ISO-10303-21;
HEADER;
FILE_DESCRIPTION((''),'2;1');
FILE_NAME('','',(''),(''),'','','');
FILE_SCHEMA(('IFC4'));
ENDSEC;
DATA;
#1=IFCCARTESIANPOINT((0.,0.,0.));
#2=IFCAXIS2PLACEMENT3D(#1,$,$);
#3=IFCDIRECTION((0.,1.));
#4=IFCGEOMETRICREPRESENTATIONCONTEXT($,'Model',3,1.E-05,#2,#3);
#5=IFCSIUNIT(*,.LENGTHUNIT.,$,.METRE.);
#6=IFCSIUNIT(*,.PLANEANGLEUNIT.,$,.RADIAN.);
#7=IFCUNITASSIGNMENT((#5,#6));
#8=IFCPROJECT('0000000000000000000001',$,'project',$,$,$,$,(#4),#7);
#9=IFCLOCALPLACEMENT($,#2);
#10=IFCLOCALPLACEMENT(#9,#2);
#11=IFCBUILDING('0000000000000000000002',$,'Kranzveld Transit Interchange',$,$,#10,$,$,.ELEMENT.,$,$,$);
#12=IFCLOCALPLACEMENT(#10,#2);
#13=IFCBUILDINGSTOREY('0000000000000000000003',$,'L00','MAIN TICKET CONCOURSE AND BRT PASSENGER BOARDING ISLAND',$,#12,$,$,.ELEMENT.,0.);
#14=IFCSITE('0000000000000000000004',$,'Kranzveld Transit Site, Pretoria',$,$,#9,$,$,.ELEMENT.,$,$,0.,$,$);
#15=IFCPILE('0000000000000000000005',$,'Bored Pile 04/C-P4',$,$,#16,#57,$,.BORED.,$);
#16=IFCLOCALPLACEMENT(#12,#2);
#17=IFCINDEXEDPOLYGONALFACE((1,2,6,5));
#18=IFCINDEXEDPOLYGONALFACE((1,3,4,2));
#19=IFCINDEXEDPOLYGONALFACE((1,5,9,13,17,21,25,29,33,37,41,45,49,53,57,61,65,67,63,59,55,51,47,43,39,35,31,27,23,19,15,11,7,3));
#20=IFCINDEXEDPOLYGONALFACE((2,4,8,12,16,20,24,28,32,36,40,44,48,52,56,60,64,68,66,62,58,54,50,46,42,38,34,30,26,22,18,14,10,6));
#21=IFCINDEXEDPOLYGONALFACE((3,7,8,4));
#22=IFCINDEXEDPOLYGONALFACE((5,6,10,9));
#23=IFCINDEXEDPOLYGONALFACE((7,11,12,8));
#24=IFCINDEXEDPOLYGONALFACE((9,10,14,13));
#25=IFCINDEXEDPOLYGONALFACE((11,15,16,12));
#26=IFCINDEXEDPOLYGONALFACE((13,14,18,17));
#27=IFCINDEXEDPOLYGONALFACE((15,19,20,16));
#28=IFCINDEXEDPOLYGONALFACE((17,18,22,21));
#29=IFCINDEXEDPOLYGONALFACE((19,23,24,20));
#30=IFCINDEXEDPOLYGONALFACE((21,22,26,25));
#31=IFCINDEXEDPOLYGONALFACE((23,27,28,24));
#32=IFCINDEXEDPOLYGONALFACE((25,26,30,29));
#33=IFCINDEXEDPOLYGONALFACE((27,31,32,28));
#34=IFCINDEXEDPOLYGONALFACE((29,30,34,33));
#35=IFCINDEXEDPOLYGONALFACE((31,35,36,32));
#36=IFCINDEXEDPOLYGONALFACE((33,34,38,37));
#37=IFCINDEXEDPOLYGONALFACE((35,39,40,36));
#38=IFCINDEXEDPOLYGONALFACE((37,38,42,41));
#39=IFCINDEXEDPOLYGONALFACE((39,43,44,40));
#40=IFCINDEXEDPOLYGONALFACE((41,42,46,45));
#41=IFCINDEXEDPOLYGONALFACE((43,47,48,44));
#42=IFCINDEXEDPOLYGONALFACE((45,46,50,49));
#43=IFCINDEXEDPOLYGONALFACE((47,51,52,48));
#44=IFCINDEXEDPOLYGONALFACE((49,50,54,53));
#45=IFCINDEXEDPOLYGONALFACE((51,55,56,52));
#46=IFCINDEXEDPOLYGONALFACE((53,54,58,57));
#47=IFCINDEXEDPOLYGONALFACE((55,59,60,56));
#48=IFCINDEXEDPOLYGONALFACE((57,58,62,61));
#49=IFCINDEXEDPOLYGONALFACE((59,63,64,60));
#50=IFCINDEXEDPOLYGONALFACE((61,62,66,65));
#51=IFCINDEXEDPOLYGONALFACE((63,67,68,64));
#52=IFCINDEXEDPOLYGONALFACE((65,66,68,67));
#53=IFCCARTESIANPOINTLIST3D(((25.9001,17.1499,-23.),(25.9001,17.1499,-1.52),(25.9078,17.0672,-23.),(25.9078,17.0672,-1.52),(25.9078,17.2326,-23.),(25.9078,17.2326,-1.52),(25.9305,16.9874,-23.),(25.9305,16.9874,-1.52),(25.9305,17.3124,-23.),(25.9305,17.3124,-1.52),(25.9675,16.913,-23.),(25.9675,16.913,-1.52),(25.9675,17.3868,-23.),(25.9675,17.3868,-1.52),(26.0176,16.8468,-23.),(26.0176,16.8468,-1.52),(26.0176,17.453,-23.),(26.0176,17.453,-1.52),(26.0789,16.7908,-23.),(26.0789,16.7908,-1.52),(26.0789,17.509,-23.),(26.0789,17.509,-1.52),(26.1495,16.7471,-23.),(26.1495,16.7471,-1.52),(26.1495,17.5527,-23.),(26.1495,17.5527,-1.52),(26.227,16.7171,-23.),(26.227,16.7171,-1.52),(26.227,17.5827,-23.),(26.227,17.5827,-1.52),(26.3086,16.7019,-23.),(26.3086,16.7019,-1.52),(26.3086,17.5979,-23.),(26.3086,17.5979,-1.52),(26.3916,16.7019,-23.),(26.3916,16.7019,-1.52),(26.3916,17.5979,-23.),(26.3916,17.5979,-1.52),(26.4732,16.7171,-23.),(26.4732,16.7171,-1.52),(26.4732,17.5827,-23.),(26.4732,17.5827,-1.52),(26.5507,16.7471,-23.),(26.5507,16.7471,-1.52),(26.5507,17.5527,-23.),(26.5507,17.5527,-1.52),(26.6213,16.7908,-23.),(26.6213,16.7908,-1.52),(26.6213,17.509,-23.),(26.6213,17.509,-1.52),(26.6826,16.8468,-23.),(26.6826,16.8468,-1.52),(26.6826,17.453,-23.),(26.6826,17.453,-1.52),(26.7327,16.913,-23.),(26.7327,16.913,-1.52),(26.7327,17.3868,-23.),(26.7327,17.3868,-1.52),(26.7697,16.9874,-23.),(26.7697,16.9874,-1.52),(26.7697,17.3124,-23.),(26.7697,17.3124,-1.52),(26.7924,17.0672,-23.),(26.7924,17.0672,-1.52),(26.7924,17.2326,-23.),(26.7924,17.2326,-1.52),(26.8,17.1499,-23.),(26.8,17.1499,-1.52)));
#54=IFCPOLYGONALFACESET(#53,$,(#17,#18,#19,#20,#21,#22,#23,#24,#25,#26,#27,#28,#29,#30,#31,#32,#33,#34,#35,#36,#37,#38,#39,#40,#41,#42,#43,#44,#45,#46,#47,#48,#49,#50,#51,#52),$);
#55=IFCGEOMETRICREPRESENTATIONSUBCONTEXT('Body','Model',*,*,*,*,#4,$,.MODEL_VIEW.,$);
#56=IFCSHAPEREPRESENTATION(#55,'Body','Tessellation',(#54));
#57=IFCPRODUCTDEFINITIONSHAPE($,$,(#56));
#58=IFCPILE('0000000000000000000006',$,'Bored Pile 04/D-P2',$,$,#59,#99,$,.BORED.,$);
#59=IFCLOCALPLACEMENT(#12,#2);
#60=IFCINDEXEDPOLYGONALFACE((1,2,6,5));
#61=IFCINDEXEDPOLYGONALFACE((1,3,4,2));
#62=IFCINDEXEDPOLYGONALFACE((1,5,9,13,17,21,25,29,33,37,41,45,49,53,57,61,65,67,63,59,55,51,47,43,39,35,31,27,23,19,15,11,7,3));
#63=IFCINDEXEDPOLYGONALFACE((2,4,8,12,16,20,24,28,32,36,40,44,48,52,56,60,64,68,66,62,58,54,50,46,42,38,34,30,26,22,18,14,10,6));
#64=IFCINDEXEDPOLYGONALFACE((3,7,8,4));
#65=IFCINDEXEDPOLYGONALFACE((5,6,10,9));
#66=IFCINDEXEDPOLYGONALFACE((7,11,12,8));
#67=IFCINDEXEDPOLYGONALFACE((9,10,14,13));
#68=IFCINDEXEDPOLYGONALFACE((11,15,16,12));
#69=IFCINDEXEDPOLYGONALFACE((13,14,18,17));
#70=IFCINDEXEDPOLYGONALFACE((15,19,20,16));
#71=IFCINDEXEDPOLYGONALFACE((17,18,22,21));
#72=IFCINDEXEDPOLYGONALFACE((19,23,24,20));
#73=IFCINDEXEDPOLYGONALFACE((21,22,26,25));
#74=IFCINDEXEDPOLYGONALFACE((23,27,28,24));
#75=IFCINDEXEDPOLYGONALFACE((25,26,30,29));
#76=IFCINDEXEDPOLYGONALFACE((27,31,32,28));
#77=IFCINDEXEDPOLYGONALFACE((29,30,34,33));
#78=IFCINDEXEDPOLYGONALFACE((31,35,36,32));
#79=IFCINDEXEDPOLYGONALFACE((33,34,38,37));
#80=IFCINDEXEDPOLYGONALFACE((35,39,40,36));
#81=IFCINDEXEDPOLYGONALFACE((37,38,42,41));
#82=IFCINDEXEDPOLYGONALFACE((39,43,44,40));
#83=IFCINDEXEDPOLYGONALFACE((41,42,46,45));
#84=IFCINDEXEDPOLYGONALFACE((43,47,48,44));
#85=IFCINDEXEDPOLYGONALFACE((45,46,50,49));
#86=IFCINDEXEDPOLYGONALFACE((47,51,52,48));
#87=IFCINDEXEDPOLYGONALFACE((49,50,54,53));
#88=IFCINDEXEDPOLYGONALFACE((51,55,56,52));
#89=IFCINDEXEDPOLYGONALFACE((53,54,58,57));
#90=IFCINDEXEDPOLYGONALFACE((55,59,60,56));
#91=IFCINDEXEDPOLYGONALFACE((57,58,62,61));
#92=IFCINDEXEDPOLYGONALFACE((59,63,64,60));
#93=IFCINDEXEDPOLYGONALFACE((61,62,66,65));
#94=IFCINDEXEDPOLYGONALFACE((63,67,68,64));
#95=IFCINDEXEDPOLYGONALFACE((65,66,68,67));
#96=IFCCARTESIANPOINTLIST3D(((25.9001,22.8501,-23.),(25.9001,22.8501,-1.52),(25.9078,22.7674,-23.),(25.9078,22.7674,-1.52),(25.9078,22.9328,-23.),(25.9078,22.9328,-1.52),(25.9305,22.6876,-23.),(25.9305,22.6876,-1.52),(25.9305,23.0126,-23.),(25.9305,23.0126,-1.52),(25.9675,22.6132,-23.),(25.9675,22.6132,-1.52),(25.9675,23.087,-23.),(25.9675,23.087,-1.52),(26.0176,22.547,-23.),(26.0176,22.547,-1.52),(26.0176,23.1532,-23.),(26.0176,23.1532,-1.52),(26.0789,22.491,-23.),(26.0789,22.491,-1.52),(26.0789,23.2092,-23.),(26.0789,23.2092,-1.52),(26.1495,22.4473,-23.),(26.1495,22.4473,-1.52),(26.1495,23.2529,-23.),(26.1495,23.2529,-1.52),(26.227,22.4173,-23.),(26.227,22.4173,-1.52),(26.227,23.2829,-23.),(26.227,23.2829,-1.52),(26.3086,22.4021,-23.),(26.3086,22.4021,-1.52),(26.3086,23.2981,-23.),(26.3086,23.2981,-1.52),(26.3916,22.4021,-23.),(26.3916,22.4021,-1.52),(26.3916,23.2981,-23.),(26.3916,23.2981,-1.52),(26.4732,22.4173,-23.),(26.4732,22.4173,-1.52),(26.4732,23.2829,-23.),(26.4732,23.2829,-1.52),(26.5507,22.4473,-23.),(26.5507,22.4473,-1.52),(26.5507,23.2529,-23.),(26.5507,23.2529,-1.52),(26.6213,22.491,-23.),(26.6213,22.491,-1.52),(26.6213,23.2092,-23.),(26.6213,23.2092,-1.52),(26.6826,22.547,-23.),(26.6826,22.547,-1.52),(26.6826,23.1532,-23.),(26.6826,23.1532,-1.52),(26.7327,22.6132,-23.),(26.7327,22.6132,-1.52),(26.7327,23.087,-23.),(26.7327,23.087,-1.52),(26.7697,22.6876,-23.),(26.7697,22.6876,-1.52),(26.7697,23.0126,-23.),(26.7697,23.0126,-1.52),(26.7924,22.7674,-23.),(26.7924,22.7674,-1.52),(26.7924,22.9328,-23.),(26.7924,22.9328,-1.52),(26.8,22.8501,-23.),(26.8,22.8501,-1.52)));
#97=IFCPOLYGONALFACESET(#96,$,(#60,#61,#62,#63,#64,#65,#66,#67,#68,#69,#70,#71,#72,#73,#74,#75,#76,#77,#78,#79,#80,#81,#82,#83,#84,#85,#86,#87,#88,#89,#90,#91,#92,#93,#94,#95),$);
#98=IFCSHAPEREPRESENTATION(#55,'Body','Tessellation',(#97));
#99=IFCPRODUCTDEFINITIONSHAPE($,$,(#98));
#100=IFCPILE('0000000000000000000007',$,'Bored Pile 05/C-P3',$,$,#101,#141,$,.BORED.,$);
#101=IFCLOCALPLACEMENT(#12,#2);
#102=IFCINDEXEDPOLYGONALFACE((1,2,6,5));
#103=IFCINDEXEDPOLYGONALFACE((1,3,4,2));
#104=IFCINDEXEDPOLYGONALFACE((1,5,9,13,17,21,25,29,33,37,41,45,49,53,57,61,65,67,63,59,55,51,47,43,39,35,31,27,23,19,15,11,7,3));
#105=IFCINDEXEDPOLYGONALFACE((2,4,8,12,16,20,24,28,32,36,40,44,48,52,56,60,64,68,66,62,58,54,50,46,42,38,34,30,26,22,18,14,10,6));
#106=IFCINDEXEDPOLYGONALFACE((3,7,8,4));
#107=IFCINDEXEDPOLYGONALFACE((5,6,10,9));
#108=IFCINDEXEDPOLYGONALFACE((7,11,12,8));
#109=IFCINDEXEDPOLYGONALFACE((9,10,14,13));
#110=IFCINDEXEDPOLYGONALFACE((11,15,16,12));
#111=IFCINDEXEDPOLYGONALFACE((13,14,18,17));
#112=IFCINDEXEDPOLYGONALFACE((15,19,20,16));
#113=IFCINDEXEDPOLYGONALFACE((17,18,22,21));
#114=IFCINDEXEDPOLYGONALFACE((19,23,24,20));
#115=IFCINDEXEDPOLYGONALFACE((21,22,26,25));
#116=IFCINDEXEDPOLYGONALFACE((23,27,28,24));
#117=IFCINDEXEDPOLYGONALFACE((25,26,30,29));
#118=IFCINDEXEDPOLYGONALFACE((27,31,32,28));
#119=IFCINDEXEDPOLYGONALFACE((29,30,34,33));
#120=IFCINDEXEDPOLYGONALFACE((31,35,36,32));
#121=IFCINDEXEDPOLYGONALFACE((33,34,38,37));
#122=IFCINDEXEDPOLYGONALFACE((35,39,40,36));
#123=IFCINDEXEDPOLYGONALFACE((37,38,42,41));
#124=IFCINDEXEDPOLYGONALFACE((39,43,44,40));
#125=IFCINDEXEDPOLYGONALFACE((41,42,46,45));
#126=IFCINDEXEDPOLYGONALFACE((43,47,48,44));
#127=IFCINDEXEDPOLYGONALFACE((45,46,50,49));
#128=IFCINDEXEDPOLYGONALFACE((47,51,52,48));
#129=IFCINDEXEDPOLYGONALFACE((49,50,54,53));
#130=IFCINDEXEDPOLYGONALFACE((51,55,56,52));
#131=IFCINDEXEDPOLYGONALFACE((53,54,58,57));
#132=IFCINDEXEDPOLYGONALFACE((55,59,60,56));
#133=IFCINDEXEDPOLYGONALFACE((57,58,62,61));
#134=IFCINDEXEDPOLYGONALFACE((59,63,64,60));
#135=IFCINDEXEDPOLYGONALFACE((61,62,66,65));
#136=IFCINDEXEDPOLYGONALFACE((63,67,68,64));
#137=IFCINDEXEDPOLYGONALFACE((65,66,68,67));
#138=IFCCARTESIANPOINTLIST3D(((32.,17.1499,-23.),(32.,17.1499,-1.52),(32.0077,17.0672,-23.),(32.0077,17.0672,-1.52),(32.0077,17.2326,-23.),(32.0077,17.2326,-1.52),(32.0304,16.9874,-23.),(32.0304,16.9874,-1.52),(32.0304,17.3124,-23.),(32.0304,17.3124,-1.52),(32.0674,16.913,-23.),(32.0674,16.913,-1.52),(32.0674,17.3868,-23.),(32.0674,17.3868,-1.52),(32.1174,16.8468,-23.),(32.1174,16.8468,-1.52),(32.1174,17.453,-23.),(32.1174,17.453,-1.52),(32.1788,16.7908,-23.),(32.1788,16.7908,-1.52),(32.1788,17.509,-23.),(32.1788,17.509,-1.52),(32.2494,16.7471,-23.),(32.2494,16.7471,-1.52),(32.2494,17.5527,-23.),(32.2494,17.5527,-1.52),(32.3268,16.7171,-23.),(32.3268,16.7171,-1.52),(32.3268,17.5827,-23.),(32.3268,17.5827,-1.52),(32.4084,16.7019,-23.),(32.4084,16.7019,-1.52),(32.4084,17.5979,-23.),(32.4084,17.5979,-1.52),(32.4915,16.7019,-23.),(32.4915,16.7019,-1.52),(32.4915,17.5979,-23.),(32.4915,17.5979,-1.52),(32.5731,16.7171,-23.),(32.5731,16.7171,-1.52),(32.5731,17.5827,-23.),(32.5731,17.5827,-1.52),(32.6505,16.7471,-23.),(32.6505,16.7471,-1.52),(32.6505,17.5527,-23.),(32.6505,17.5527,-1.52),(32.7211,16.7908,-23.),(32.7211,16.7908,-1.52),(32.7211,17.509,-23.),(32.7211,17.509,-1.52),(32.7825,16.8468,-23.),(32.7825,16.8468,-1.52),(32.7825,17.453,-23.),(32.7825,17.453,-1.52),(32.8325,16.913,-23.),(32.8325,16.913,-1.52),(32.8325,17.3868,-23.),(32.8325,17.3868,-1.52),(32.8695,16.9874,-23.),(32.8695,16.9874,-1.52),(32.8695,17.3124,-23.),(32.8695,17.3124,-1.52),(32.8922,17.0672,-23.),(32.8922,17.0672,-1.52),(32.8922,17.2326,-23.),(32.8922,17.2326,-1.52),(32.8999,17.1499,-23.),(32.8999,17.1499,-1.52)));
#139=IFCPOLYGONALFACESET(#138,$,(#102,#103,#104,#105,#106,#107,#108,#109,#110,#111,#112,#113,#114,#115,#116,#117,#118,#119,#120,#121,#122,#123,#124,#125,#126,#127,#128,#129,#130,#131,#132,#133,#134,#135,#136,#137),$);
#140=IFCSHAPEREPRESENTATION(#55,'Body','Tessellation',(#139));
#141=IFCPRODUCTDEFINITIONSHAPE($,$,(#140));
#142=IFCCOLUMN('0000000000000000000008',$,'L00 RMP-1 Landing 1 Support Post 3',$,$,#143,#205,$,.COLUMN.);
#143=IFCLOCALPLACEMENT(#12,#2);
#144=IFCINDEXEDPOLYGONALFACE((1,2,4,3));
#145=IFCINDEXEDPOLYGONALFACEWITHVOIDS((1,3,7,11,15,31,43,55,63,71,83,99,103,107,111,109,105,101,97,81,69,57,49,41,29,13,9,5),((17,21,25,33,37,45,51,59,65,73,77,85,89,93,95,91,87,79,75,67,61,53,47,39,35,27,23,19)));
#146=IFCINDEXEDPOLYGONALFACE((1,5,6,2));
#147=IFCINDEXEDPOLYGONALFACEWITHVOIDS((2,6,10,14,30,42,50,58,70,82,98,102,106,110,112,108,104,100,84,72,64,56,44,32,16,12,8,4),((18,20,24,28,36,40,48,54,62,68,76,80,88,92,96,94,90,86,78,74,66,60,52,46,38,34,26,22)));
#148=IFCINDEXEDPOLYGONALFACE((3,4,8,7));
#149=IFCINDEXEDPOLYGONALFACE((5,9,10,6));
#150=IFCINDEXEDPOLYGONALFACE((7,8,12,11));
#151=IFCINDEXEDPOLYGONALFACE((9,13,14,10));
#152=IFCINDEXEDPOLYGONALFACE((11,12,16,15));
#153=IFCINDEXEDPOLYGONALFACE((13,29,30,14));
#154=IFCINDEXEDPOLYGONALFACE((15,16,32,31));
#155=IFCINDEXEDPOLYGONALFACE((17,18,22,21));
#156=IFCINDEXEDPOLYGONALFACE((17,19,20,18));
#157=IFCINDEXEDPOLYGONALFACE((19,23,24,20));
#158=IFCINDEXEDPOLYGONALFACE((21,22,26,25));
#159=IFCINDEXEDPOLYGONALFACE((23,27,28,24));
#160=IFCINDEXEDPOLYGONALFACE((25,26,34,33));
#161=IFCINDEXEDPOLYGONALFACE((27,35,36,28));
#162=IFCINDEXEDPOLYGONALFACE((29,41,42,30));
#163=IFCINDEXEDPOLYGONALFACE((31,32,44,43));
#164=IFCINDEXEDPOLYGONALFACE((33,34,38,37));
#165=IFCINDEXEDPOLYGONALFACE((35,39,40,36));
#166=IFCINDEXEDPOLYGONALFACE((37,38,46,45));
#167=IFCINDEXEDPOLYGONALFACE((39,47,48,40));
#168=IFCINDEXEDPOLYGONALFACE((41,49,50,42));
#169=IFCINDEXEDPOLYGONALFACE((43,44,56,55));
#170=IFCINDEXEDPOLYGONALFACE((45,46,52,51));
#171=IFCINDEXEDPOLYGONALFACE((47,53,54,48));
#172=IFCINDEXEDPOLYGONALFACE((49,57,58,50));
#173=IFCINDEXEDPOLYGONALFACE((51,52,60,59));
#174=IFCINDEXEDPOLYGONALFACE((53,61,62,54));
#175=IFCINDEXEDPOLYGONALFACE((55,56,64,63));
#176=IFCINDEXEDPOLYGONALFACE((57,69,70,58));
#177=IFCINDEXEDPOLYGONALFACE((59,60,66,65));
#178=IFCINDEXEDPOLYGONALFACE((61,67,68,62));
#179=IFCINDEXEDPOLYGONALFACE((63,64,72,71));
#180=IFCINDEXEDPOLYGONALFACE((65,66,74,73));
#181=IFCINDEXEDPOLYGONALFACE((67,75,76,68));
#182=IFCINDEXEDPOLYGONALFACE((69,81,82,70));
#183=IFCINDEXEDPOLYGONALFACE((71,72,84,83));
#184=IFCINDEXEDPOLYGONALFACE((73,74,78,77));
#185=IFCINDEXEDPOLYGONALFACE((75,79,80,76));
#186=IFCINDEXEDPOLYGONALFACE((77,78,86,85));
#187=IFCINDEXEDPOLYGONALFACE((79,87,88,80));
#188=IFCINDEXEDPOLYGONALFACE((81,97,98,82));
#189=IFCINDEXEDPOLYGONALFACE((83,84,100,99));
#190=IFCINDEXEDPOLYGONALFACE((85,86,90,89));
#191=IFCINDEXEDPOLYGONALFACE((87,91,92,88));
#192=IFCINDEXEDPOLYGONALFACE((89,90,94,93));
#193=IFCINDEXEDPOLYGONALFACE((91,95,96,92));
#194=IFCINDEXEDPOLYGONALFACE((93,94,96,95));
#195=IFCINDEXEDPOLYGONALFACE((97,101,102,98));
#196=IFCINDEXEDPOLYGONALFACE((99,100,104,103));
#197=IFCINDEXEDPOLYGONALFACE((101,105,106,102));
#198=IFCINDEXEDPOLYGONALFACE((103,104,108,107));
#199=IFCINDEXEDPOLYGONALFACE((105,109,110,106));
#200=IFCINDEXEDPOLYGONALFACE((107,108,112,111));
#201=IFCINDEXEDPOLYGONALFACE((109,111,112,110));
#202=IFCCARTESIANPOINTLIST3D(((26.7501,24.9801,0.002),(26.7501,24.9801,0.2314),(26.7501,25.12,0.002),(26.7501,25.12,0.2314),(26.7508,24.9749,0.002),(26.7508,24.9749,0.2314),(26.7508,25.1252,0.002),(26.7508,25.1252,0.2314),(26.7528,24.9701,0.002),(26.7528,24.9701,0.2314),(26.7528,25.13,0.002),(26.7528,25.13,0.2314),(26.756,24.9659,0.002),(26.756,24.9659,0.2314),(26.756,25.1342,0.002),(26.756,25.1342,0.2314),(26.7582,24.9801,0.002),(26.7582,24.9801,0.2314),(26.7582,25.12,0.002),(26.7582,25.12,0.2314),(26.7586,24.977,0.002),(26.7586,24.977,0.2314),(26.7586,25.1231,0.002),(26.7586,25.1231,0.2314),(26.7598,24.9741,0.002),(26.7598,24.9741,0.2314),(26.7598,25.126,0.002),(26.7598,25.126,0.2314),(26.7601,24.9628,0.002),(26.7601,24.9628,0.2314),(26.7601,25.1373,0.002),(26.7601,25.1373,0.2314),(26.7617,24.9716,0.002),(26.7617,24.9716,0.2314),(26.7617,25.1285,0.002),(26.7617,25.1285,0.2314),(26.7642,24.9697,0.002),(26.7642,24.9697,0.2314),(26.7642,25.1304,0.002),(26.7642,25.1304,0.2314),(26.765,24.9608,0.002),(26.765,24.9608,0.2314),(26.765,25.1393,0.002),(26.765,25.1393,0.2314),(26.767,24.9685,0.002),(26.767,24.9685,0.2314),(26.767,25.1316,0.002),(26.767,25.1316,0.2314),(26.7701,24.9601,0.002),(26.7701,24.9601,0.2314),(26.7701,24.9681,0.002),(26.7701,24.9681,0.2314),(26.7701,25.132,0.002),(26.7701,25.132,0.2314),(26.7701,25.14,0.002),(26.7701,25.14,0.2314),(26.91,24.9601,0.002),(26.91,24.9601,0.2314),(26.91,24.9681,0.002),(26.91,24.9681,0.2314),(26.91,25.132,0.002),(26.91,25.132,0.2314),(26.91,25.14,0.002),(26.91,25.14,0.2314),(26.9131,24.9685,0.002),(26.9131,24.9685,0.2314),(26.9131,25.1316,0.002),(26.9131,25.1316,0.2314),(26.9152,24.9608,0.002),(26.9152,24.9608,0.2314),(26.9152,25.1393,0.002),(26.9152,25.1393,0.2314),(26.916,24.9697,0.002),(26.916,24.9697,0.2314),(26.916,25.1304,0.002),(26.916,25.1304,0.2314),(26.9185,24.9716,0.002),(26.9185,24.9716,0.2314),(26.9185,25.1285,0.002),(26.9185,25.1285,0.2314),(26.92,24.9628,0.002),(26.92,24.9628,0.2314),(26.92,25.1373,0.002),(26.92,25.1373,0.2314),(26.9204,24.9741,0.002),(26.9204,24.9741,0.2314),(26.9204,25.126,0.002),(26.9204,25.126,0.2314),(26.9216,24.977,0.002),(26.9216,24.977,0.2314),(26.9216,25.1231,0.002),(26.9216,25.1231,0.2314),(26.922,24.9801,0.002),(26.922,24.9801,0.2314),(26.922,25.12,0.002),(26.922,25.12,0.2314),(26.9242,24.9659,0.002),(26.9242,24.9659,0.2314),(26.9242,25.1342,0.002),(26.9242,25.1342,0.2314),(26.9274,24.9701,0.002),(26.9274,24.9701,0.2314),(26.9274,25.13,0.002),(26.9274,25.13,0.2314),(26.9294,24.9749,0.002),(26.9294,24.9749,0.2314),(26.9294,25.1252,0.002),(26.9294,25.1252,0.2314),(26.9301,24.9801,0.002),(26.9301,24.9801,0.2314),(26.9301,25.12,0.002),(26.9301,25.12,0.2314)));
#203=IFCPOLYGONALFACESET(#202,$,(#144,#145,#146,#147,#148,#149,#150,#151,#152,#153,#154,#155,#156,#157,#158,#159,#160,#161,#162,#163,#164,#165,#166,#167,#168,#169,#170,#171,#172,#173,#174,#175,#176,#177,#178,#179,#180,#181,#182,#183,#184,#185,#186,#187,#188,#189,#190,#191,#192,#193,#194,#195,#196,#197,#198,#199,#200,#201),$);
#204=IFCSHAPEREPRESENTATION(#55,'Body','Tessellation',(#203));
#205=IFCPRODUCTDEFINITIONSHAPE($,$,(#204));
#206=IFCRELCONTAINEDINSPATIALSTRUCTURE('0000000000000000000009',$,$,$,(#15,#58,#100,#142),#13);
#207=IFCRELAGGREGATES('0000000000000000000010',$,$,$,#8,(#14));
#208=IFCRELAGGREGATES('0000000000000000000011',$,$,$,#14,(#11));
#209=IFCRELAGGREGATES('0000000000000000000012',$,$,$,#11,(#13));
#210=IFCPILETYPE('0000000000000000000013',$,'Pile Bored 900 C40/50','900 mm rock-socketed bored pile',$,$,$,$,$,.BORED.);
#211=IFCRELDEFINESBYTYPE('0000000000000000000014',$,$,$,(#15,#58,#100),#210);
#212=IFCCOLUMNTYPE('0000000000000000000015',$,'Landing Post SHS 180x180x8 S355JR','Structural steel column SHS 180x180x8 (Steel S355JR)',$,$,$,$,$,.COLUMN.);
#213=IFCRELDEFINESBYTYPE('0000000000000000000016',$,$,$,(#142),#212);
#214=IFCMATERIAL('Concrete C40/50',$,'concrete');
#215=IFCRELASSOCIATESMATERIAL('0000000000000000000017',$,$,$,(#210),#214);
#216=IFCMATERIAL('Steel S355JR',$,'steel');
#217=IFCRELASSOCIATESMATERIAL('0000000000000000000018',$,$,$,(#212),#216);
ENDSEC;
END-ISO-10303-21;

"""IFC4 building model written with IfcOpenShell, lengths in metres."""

from ifc_helpers import new_model, si_unit, direction, frame, origin, origin_2d, place, context, subcontext, project, spatial, hollow_rectangle, circle, extrude, material, material_profile, profile_set, type_object, element, save


model = new_model("IFC4")

# Units and contexts
model_context = context("Model", 3, precision=1e-05, world=origin(), true_north=direction((0.0, 1.0)))
body_context = subcontext(model_context, "Body", "Model", "MODEL_VIEW")
ifc_project = project(units=[si_unit("LENGTHUNIT", "METRE"), si_unit("PLANEANGLEUNIT", "RADIAN")], contexts=[model_context])

# Site, building, storey
site_placement = place(None, origin())
site = spatial("IfcSite", under=ifc_project, at=site_placement, Name="Kranzveld Transit Site, Pretoria", CompositionType="ELEMENT", RefElevation=0.0)
building_placement = place(site_placement, origin())
building = spatial("IfcBuilding", under=site, at=building_placement, Name="Kranzveld Transit Interchange", CompositionType="ELEMENT")
storey_placement = place(building_placement, origin())
storey = spatial("IfcBuildingStorey", under=building, at=storey_placement, Name="L00", Description="MAIN TICKET CONCOURSE AND BRT PASSENGER BOARDING ISLAND", CompositionType="ELEMENT", Elevation=0.0)

# Piles
ifc_material_1 = material(Name="Concrete C40/50", Category="concrete")
ifc_material_profile_1 = material_profile(ifc_material_1, circle(Radius=0.45, at=origin_2d()), Name="BORED PILE 900")
ifc_profile_set_1 = profile_set([ifc_material_profile_1], Name="Concrete C40/50")
pile_type = type_object("IfcPileType", Name="Pile Bored 900 C40/50", Description="900 mm rock-socketed bored pile", PredefinedType="BORED", material=ifc_profile_set_1)
for number, where, z_axis, x_axis, name in (
    (1, (26.3501, 17.1499, -1.52), (0.0, 0.0, -1.0), (1.0, 0.0, 0.0), "Bored Pile 04/C-P4"),
    (2, (26.3501, 22.8501, -1.52), (0.0, 0.0, -1.0), (1.0, 0.0, 0.0), "Bored Pile 04/D-P2"),
    (3, (32.45, 17.1499, -1.52), (0.0, 0.0, -1.0), (1.0, 0.0, 0.0), "Bored Pile 05/C-P3"),
):
    element("IfcPile", number, at=place(storey_placement, frame(where, z_axis=z_axis, x_axis=x_axis)), inside=storey, type_object=pile_type, Name=name, PredefinedType="BORED", context=body_context, shape_type="SweptSolid", body=[
        extrude(circle(Radius=0.45, at=origin_2d()), origin(), (0.0, 0.0, 1.0), 21.48),
    ])

# Column
ifc_material_2 = material(Name="Steel S355JR", Category="steel")
ifc_material_profile_2 = material_profile(ifc_material_2, hollow_rectangle(XDim=0.1799, YDim=0.1799, WallThickness=0.0081, InnerFilletRadius=0.012, OuterFilletRadius=0.02, at=origin_2d()), Name="SHS 180x180x8")
ifc_profile_set_2 = profile_set([ifc_material_profile_2], Name="Steel S355JR")
column_type = type_object("IfcColumnType", Name="Landing Post SHS 180x180x8 S355JR", Description="Structural steel column SHS 180x180x8 (Steel S355JR)", PredefinedType="COLUMN", material=ifc_profile_set_2)
column_1_placement = place(storey_placement, frame((26.8401, 25.05, 0.002), z_axis=(0.0, 0.0, 1.0), x_axis=(1.0, 0.0, 0.0)))
element("IfcColumn", 4, at=column_1_placement, inside=storey, type_object=column_type, Name="L00 RMP-1 Landing 1 Support Post 3", PredefinedType="COLUMN", context=body_context, shape_type="SweptSolid", body=[
    extrude(hollow_rectangle(XDim=0.1799, YDim=0.1799, WallThickness=0.0081, InnerFilletRadius=0.012, OuterFilletRadius=0.02, at=origin_2d()), origin(), (0.0, 0.0, 1.0), 0.2295),
])

save(model, "model.ifc")
